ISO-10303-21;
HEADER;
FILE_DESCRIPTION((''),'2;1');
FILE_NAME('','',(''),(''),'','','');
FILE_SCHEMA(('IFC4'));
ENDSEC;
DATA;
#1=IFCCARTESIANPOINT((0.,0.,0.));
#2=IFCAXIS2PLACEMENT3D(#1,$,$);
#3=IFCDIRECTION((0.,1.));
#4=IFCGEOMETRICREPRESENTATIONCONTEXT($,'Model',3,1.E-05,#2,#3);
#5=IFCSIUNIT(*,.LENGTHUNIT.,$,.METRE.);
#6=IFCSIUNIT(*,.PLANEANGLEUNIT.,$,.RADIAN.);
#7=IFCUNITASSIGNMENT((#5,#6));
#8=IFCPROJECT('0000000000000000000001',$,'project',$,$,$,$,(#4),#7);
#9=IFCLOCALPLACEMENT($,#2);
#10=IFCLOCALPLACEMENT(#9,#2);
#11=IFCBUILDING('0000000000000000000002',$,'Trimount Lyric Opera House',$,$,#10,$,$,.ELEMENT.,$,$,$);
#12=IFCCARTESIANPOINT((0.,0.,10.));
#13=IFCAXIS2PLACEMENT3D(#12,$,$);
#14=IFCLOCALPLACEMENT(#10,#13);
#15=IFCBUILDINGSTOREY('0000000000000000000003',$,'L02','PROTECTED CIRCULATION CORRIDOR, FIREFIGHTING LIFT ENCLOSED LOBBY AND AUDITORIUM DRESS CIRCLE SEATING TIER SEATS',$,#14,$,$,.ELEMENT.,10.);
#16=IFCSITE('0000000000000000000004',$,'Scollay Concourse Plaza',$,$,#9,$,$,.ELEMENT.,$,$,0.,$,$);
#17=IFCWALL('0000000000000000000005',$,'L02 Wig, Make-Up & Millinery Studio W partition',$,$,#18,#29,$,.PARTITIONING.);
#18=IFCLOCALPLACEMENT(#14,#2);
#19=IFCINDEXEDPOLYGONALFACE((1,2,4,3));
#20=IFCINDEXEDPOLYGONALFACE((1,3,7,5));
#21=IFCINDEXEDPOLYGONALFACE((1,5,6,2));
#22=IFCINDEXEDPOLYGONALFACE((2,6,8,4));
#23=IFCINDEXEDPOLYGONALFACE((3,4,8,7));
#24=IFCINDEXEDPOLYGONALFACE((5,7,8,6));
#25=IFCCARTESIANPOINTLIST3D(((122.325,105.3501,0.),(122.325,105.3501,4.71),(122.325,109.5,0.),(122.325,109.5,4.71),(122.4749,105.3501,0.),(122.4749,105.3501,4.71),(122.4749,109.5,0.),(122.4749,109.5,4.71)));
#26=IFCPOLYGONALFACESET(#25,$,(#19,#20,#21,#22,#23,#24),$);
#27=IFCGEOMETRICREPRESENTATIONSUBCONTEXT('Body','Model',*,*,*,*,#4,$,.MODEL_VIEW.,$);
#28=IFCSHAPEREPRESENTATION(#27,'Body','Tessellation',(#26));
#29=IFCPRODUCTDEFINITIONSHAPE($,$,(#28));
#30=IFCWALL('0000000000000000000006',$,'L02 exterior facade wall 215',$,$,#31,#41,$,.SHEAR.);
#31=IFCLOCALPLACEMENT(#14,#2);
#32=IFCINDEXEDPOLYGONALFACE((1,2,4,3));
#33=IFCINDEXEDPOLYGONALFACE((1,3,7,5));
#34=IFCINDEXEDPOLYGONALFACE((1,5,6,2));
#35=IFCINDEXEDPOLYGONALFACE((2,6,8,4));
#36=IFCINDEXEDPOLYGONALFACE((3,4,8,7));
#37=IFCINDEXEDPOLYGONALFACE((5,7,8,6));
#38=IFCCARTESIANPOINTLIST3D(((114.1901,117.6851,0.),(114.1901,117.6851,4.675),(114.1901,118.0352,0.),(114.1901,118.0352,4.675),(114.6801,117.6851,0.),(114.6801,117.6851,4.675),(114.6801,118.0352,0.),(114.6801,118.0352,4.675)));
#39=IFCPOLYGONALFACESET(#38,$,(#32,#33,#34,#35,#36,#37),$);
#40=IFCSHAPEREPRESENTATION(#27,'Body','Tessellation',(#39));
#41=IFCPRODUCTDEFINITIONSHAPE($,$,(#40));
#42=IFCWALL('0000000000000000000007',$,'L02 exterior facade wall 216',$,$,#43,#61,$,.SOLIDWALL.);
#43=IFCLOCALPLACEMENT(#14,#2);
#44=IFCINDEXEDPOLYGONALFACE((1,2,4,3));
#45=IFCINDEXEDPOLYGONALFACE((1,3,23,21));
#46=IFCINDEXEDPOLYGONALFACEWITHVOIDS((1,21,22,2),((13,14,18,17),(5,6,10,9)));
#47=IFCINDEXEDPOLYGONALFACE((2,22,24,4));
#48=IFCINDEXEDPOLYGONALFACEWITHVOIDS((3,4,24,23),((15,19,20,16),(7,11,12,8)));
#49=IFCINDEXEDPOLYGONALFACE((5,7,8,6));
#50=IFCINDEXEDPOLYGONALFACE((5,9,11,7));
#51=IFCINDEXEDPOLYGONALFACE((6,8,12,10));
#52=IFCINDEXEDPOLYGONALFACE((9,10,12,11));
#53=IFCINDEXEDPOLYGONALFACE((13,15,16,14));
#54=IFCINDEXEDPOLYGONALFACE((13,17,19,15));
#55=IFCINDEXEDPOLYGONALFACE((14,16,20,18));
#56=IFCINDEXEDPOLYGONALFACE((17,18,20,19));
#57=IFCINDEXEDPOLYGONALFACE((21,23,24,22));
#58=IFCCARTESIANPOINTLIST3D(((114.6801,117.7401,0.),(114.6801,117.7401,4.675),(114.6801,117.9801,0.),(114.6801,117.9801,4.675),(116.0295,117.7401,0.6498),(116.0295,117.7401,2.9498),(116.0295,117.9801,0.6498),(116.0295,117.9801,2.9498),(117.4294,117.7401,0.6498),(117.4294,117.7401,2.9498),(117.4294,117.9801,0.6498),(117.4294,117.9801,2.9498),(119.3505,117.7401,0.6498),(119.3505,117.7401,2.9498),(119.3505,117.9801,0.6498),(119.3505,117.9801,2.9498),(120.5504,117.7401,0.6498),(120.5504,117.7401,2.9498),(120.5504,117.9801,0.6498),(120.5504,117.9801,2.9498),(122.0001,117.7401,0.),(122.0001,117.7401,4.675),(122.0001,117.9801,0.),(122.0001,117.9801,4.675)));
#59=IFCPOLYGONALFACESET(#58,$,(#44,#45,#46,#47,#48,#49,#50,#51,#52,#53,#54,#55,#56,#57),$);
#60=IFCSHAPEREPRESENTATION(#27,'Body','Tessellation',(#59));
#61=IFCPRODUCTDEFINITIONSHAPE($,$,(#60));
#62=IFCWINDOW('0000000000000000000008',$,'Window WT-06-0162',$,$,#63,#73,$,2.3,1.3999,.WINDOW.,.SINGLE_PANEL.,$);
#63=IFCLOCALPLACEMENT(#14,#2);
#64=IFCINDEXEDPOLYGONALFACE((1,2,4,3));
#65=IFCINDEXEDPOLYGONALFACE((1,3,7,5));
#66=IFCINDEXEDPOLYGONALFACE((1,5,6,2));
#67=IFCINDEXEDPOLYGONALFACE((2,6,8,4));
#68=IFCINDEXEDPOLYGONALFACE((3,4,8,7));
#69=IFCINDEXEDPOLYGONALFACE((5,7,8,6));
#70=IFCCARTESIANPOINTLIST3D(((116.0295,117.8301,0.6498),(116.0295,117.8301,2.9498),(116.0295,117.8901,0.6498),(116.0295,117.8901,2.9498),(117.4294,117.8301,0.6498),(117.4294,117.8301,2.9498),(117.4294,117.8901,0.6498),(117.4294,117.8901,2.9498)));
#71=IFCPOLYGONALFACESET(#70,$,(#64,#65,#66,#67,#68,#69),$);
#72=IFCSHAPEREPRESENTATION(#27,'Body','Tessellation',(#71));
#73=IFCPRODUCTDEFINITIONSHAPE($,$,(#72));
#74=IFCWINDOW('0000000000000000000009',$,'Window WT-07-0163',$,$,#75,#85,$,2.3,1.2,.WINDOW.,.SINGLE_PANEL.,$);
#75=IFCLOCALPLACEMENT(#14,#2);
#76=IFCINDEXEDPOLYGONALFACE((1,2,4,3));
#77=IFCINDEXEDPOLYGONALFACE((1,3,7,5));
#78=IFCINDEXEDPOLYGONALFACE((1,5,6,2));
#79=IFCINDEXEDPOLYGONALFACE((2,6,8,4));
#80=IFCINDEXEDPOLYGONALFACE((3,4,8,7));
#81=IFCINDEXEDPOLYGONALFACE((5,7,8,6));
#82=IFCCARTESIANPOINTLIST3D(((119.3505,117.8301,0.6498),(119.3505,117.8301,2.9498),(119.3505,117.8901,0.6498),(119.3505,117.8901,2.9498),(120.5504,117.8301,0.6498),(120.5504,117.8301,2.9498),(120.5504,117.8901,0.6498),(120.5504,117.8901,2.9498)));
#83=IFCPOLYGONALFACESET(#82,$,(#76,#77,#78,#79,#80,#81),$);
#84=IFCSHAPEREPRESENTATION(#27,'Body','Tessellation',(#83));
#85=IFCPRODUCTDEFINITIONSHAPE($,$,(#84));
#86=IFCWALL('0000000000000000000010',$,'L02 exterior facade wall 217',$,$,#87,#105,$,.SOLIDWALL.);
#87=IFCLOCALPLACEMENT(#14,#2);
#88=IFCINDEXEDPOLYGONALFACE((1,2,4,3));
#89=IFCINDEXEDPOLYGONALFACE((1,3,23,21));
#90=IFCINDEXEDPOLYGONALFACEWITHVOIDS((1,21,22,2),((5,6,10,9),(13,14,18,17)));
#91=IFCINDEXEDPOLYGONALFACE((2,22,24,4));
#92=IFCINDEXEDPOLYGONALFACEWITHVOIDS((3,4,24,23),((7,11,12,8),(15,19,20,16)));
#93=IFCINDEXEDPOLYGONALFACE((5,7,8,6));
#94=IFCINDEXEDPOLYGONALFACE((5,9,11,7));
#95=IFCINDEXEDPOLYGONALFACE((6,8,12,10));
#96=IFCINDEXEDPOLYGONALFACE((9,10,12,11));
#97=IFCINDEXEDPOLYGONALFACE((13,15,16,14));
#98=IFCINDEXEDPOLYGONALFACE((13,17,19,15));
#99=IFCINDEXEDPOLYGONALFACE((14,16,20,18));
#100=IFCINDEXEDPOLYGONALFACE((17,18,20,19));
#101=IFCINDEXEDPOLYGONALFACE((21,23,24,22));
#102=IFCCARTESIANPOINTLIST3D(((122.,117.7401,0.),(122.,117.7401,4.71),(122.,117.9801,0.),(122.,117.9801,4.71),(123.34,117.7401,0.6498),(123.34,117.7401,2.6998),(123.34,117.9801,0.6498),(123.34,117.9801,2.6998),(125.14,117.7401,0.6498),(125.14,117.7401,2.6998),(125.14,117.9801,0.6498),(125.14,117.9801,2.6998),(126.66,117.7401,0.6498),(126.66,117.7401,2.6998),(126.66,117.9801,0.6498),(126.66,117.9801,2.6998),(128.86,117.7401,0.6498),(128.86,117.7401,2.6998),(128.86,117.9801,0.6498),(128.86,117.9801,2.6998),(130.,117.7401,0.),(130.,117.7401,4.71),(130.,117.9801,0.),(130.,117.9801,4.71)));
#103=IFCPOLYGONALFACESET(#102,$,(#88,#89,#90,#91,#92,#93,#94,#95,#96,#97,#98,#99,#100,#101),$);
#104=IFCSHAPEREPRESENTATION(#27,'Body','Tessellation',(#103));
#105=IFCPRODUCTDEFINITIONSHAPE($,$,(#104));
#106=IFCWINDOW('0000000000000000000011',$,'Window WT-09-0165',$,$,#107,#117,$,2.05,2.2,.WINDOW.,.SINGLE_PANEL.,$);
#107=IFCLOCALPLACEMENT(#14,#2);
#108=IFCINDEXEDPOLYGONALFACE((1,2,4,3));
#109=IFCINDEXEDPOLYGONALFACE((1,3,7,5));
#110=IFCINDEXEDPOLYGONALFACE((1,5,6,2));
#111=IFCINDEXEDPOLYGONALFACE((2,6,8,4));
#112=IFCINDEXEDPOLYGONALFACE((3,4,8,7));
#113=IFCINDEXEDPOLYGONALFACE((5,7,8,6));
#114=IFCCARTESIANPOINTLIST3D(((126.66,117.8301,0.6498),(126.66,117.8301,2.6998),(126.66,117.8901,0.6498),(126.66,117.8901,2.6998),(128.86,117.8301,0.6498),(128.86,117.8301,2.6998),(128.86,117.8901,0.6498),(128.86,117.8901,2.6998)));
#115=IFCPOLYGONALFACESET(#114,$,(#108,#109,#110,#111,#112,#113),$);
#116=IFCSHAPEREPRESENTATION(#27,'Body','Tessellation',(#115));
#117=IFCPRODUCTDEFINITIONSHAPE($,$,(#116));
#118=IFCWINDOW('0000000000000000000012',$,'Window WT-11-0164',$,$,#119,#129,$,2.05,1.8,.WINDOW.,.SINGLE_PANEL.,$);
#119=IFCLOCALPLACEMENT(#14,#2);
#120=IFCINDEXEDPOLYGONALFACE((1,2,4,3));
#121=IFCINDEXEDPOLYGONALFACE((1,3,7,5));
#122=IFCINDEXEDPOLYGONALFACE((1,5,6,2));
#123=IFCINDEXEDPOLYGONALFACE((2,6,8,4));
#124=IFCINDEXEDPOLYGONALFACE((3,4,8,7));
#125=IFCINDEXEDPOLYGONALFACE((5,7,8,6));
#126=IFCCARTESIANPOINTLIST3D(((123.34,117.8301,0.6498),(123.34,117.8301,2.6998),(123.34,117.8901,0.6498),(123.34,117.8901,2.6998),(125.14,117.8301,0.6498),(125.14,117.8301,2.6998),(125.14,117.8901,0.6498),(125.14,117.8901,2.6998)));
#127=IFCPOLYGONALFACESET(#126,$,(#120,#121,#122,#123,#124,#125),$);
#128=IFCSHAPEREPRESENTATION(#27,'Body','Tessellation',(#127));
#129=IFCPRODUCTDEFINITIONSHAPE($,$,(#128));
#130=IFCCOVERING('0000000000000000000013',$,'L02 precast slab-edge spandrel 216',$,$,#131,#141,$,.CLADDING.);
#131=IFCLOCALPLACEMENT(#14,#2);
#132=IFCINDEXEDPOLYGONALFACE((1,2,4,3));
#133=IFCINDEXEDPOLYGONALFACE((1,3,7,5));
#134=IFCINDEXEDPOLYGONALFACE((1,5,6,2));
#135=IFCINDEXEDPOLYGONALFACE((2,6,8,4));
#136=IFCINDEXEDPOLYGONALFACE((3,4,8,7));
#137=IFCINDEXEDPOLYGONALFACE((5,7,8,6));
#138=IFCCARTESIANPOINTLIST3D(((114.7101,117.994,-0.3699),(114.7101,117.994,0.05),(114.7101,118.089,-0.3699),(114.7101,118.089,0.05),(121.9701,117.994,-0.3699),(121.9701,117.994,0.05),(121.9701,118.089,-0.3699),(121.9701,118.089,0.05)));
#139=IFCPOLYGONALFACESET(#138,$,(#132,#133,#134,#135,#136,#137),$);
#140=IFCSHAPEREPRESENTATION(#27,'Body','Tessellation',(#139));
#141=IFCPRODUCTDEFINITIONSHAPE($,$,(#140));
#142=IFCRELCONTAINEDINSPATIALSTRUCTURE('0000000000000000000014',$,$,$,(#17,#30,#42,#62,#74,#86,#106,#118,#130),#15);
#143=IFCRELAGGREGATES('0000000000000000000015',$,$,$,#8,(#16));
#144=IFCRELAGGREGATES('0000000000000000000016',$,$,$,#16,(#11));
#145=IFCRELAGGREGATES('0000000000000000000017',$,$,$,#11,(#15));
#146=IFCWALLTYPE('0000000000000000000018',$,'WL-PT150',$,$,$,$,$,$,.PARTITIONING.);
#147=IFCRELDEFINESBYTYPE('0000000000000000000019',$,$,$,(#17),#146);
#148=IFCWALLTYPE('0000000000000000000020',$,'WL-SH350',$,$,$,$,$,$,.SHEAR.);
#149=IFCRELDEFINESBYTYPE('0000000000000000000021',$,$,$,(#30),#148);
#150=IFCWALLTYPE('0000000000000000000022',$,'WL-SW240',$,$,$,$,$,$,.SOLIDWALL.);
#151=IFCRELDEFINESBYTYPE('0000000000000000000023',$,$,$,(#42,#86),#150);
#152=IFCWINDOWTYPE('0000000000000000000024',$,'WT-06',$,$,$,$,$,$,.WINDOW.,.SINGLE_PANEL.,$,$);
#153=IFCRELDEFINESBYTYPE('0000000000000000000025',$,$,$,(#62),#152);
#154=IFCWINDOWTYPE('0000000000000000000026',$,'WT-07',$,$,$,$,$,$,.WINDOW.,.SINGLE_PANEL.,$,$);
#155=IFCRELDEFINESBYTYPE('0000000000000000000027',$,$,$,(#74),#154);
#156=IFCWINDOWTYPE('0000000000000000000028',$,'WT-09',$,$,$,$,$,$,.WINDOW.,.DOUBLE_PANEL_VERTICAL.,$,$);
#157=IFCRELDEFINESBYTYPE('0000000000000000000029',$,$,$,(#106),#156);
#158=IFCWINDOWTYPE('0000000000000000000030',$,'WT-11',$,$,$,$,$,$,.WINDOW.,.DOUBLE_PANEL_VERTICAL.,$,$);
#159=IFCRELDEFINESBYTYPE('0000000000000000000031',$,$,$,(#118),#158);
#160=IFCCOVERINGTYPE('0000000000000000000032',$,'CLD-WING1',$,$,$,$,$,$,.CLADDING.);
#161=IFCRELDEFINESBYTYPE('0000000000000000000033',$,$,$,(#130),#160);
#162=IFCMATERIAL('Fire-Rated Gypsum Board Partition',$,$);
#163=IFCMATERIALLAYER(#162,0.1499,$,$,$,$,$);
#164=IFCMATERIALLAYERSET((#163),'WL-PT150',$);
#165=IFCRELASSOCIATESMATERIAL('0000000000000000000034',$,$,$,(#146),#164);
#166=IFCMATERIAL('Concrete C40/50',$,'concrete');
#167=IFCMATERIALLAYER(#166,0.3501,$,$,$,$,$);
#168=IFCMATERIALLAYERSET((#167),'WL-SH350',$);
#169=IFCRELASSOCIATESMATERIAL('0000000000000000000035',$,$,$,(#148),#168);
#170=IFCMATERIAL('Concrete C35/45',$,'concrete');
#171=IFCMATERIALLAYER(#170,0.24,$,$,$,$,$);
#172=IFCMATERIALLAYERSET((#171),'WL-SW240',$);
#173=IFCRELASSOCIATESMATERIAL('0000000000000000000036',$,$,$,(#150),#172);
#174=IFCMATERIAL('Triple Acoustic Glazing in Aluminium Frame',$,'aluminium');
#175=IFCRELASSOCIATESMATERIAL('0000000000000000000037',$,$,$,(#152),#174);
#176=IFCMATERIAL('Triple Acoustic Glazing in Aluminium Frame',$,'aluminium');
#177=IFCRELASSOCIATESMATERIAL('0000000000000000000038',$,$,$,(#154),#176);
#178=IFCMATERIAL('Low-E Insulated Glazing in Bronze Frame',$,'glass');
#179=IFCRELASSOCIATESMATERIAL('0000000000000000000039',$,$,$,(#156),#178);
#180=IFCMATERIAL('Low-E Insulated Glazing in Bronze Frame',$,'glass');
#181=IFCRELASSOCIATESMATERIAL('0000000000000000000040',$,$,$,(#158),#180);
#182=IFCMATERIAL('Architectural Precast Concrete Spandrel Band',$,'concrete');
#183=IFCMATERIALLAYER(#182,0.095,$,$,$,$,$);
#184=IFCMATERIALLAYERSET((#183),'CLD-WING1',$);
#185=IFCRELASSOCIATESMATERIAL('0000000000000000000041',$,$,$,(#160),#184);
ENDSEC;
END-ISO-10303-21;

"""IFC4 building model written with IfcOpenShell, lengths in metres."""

from ifc_helpers import new_model, si_unit, direction, frame, frame_2d, origin, origin_2d, place, context, subcontext, project, spatial, rectangle, extrude, material, layer, layer_set, type_object, element, fill, save


model = new_model("IFC4")

# Units and contexts
model_context = context("Model", 3, precision=1e-05, world=origin(), true_north=direction((0.0, 1.0)))
body_context = subcontext(model_context, "Body", "Model", "MODEL_VIEW")
ifc_project = project(units=[si_unit("LENGTHUNIT", "METRE"), si_unit("PLANEANGLEUNIT", "RADIAN")], contexts=[model_context])

# Site, building, storey
site_placement = place(None, origin())
site = spatial("IfcSite", under=ifc_project, at=site_placement, Name="Scollay Concourse Plaza", CompositionType="ELEMENT", RefElevation=0.0)
building_placement = place(site_placement, origin())
building = spatial("IfcBuilding", under=site, at=building_placement, Name="Trimount Lyric Opera House", CompositionType="ELEMENT")
storey_placement = place(building_placement, frame((0.0, 0.0, 10.0)))
storey = spatial("IfcBuildingStorey", under=building, at=storey_placement, Name="L02", Description="PROTECTED CIRCULATION CORRIDOR, FIREFIGHTING LIFT ENCLOSED LOBBY AND AUDITORIUM DRESS CIRCLE SEATING TIER SEATS", CompositionType="ELEMENT", Elevation=10.0)

# Shared definitions
ifc_material_1 = material(Name="Fire-Rated Gypsum Board Partition")
ifc_layer_1 = layer(ifc_material_1, 0.1499)
ifc_layer_set_1 = layer_set([ifc_layer_1], Name="WL-PT150")
wall_type_1 = type_object("IfcWallType", Name="WL-PT150", PredefinedType="PARTITIONING", material=ifc_layer_set_1)

# Walls
wall_1_placement = place(storey_placement, frame((122.3999, 109.5, 0.0), z_axis=(0.0, 0.0, 1.0), x_axis=(0.0, -1.0, 0.0)))
element("IfcWall", 1, at=wall_1_placement, inside=storey, type_object=wall_type_1, Name="L02 Wig, Make-Up & Millinery Studio W partition", PredefinedType="PARTITIONING", context=body_context, shape_type="SweptSolid", body=[
    extrude(rectangle(XDim=4.1499, YDim=0.1499, at=frame_2d((2.075, 0.0))), origin(), (0.0, 0.0, 1.0), 4.71),
])
ifc_material_2 = material(Name="Concrete C40/50", Category="concrete")
ifc_layer_2 = layer(ifc_material_2, 0.3501)
ifc_layer_set_2 = layer_set([ifc_layer_2], Name="WL-SH350")
wall_type_2 = type_object("IfcWallType", Name="WL-SH350", PredefinedType="SHEAR", material=ifc_layer_set_2)
wall_2_placement = place(storey_placement, frame((114.1899, 117.8601, 0.0), z_axis=(0.0, 0.0, 1.0), x_axis=(1.0, 0.0, 0.0)))
element("IfcWall", 2, at=wall_2_placement, inside=storey, type_object=wall_type_2, Name="L02 exterior facade wall 215", PredefinedType="SHEAR", context=body_context, shape_type="SweptSolid", body=[
    extrude(rectangle(XDim=0.49, YDim=0.3501, at=frame_2d((0.2451, 0.0))), origin(), (0.0, 0.0, 1.0), 4.675),
])

# Walls, openings, windows
ifc_material_3 = material(Name="Concrete C35/45", Category="concrete")
ifc_layer_3 = layer(ifc_material_3, 0.24)
ifc_layer_set_3 = layer_set([ifc_layer_3], Name="WL-SW240")
wall_type_3 = type_object("IfcWallType", Name="WL-SW240", PredefinedType="SOLIDWALL", material=ifc_layer_set_3)
wall_3_placement = place(storey_placement, frame((114.6799, 117.8601, 0.0), z_axis=(0.0, 0.0, 1.0), x_axis=(1.0, 0.0, 0.0)))
wall_3 = element("IfcWall", 3, at=wall_3_placement, inside=storey, type_object=wall_type_3, Name="L02 exterior facade wall 216", PredefinedType="SOLIDWALL", context=body_context, shape_type="SweptSolid", body=[
    extrude(rectangle(XDim=7.3201, YDim=0.24, at=frame_2d((3.6602, 0.0))), origin(), (0.0, 0.0, 1.0), 4.675),
])
opening_1_placement = place(wall_3_placement, frame((1.3496, 0.0, 0.6499)))
opening_1 = element("IfcOpeningElement", 4, at=opening_1_placement, cuts=wall_3, PredefinedType="OPENING", context=body_context, shape_type="SweptSolid", body=[
    extrude(rectangle(XDim=1.3999, YDim=2.3, at=frame_2d((0.7, 1.1499))), frame((0.0, 0.1299, 0.0), z_axis=(0.0, -1.0, 0.0), x_axis=(1.0, 0.0, 0.0)), (0.0, 0.0, 1.0), 0.26),
])
opening_2_placement = place(wall_3_placement, frame((4.6704, 0.0, 0.6499)))
opening_2 = element("IfcOpeningElement", 5, at=opening_2_placement, cuts=wall_3, PredefinedType="OPENING", context=body_context, shape_type="SweptSolid", body=[
    extrude(rectangle(XDim=1.2, YDim=2.3, at=frame_2d((0.6001, 1.1499))), frame((0.0, 0.1299, 0.0), z_axis=(0.0, -1.0, 0.0), x_axis=(1.0, 0.0, 0.0)), (0.0, 0.0, 1.0), 0.26),
])
ifc_material_4 = material(Name="Triple Acoustic Glazing in Aluminium Frame", Category="aluminium")
window_type_1 = type_object("IfcWindowType", Name="WT-06", PartitioningType="SINGLE_PANEL", PredefinedType="WINDOW", material=ifc_material_4)
window_1_placement = place(opening_1_placement, origin())
window_1 = element("IfcWindow", 6, at=window_1_placement, inside=storey, type_object=window_type_1, Name="Window WT-06-0162", OverallHeight=2.3, OverallWidth=1.3999, PartitioningType="SINGLE_PANEL", PredefinedType="WINDOW", context=body_context, shape_type="SweptSolid", body=[
    extrude(rectangle(XDim=1.3999, YDim=2.3, at=frame_2d((0.7, 1.1499))), frame((0.0, 0.03, 0.0), z_axis=(0.0, -1.0, 0.0), x_axis=(1.0, 0.0, 0.0)), (0.0, 0.0, 1.0), 0.0601),
])
fill(opening_1, window_1)
ifc_material_5 = material(Name="Triple Acoustic Glazing in Aluminium Frame", Category="aluminium")
window_type_2 = type_object("IfcWindowType", Name="WT-07", PartitioningType="SINGLE_PANEL", PredefinedType="WINDOW", material=ifc_material_5)
window_2_placement = place(opening_2_placement, origin())
window_2 = element("IfcWindow", 7, at=window_2_placement, inside=storey, type_object=window_type_2, Name="Window WT-07-0163", OverallHeight=2.3, OverallWidth=1.2, PartitioningType="SINGLE_PANEL", PredefinedType="WINDOW", context=body_context, shape_type="SweptSolid", body=[
    extrude(rectangle(XDim=1.2, YDim=2.3, at=frame_2d((0.6001, 1.1499))), frame((0.0, 0.03, 0.0), z_axis=(0.0, -1.0, 0.0), x_axis=(1.0, 0.0, 0.0)), (0.0, 0.0, 1.0), 0.0601),
])
fill(opening_2, window_2)
wall_4_placement = place(storey_placement, frame((122.0, 117.8601, 0.0), z_axis=(0.0, 0.0, 1.0), x_axis=(1.0, 0.0, 0.0)))
wall_4 = element("IfcWall", 8, at=wall_4_placement, inside=storey, type_object=wall_type_3, Name="L02 exterior facade wall 217", PredefinedType="SOLIDWALL", context=body_context, shape_type="SweptSolid", body=[
    extrude(rectangle(XDim=8.0, YDim=0.24, at=frame_2d((4.0, 0.0))), origin(), (0.0, 0.0, 1.0), 4.71),
])
opening_3_placement = place(wall_4_placement, frame((1.3401, 0.0, 0.6499)))
opening_3 = element("IfcOpeningElement", 9, at=opening_3_placement, cuts=wall_4, PredefinedType="OPENING", context=body_context, shape_type="SweptSolid", body=[
    extrude(rectangle(XDim=1.8, YDim=2.05, at=frame_2d((0.8999, 1.0249))), frame((0.0, 0.1299, 0.0), z_axis=(0.0, -1.0, 0.0), x_axis=(1.0, 0.0, 0.0)), (0.0, 0.0, 1.0), 0.26),
])
opening_4_placement = place(wall_4_placement, frame((4.6599, 0.0, 0.6499)))
opening_4 = element("IfcOpeningElement", 10, at=opening_4_placement, cuts=wall_4, PredefinedType="OPENING", context=body_context, shape_type="SweptSolid", body=[
    extrude(rectangle(XDim=2.2, YDim=2.05, at=frame_2d((1.1001, 1.0249))), frame((0.0, 0.1299, 0.0), z_axis=(0.0, -1.0, 0.0), x_axis=(1.0, 0.0, 0.0)), (0.0, 0.0, 1.0), 0.26),
])
ifc_material_6 = material(Name="Low-E Insulated Glazing in Bronze Frame", Category="glass")
window_type_3 = type_object("IfcWindowType", Name="WT-09", PartitioningType="DOUBLE_PANEL_VERTICAL", PredefinedType="WINDOW", material=ifc_material_6)
window_3_placement = place(opening_4_placement, origin())
window_3 = element("IfcWindow", 11, at=window_3_placement, inside=storey, type_object=window_type_3, Name="Window WT-09-0165", OverallHeight=2.05, OverallWidth=2.2, PartitioningType="SINGLE_PANEL", PredefinedType="WINDOW", context=body_context, shape_type="SweptSolid", body=[
    extrude(rectangle(XDim=2.2, YDim=2.05, at=frame_2d((1.1001, 1.0249))), frame((0.0, 0.03, 0.0), z_axis=(0.0, -1.0, 0.0), x_axis=(1.0, 0.0, 0.0)), (0.0, 0.0, 1.0), 0.0601),
])
fill(opening_4, window_3)
ifc_material_7 = material(Name="Low-E Insulated Glazing in Bronze Frame", Category="glass")
window_type_4 = type_object("IfcWindowType", Name="WT-11", PartitioningType="DOUBLE_PANEL_VERTICAL", PredefinedType="WINDOW", material=ifc_material_7)
window_4_placement = place(opening_3_placement, origin())
window_4 = element("IfcWindow", 12, at=window_4_placement, inside=storey, type_object=window_type_4, Name="Window WT-11-0164", OverallHeight=2.05, OverallWidth=1.8, PartitioningType="SINGLE_PANEL", PredefinedType="WINDOW", context=body_context, shape_type="SweptSolid", body=[
    extrude(rectangle(XDim=1.8, YDim=2.05, at=frame_2d((0.8999, 1.0249))), frame((0.0, 0.03, 0.0), z_axis=(0.0, -1.0, 0.0), x_axis=(1.0, 0.0, 0.0)), (0.0, 0.0, 1.0), 0.0601),
])
fill(opening_3, window_4)

# Covering
ifc_material_8 = material(Name="Architectural Precast Concrete Spandrel Band", Category="concrete")
ifc_layer_4 = layer(ifc_material_8, 0.095)
ifc_layer_set_4 = layer_set([ifc_layer_4], Name="CLD-WING1")
covering_type = type_object("IfcCoveringType", Name="CLD-WING1", PredefinedType="CLADDING", material=ifc_layer_set_4)
covering_placement = place(storey_placement, frame((118.3401, 118.0415, -0.3699), z_axis=(0.0, 0.0, 1.0), x_axis=(1.0, 0.0, 0.0)))
element("IfcCovering", 13, at=covering_placement, inside=storey, type_object=covering_type, Name="L02 precast slab-edge spandrel 216", PredefinedType="CLADDING", context=body_context, shape_type="SweptSolid", body=[
    extrude(rectangle(XDim=7.26, YDim=0.095, at=origin_2d()), origin(), (0.0, 0.0, 1.0), 0.4199),
])

save(model, "model.ifc")
